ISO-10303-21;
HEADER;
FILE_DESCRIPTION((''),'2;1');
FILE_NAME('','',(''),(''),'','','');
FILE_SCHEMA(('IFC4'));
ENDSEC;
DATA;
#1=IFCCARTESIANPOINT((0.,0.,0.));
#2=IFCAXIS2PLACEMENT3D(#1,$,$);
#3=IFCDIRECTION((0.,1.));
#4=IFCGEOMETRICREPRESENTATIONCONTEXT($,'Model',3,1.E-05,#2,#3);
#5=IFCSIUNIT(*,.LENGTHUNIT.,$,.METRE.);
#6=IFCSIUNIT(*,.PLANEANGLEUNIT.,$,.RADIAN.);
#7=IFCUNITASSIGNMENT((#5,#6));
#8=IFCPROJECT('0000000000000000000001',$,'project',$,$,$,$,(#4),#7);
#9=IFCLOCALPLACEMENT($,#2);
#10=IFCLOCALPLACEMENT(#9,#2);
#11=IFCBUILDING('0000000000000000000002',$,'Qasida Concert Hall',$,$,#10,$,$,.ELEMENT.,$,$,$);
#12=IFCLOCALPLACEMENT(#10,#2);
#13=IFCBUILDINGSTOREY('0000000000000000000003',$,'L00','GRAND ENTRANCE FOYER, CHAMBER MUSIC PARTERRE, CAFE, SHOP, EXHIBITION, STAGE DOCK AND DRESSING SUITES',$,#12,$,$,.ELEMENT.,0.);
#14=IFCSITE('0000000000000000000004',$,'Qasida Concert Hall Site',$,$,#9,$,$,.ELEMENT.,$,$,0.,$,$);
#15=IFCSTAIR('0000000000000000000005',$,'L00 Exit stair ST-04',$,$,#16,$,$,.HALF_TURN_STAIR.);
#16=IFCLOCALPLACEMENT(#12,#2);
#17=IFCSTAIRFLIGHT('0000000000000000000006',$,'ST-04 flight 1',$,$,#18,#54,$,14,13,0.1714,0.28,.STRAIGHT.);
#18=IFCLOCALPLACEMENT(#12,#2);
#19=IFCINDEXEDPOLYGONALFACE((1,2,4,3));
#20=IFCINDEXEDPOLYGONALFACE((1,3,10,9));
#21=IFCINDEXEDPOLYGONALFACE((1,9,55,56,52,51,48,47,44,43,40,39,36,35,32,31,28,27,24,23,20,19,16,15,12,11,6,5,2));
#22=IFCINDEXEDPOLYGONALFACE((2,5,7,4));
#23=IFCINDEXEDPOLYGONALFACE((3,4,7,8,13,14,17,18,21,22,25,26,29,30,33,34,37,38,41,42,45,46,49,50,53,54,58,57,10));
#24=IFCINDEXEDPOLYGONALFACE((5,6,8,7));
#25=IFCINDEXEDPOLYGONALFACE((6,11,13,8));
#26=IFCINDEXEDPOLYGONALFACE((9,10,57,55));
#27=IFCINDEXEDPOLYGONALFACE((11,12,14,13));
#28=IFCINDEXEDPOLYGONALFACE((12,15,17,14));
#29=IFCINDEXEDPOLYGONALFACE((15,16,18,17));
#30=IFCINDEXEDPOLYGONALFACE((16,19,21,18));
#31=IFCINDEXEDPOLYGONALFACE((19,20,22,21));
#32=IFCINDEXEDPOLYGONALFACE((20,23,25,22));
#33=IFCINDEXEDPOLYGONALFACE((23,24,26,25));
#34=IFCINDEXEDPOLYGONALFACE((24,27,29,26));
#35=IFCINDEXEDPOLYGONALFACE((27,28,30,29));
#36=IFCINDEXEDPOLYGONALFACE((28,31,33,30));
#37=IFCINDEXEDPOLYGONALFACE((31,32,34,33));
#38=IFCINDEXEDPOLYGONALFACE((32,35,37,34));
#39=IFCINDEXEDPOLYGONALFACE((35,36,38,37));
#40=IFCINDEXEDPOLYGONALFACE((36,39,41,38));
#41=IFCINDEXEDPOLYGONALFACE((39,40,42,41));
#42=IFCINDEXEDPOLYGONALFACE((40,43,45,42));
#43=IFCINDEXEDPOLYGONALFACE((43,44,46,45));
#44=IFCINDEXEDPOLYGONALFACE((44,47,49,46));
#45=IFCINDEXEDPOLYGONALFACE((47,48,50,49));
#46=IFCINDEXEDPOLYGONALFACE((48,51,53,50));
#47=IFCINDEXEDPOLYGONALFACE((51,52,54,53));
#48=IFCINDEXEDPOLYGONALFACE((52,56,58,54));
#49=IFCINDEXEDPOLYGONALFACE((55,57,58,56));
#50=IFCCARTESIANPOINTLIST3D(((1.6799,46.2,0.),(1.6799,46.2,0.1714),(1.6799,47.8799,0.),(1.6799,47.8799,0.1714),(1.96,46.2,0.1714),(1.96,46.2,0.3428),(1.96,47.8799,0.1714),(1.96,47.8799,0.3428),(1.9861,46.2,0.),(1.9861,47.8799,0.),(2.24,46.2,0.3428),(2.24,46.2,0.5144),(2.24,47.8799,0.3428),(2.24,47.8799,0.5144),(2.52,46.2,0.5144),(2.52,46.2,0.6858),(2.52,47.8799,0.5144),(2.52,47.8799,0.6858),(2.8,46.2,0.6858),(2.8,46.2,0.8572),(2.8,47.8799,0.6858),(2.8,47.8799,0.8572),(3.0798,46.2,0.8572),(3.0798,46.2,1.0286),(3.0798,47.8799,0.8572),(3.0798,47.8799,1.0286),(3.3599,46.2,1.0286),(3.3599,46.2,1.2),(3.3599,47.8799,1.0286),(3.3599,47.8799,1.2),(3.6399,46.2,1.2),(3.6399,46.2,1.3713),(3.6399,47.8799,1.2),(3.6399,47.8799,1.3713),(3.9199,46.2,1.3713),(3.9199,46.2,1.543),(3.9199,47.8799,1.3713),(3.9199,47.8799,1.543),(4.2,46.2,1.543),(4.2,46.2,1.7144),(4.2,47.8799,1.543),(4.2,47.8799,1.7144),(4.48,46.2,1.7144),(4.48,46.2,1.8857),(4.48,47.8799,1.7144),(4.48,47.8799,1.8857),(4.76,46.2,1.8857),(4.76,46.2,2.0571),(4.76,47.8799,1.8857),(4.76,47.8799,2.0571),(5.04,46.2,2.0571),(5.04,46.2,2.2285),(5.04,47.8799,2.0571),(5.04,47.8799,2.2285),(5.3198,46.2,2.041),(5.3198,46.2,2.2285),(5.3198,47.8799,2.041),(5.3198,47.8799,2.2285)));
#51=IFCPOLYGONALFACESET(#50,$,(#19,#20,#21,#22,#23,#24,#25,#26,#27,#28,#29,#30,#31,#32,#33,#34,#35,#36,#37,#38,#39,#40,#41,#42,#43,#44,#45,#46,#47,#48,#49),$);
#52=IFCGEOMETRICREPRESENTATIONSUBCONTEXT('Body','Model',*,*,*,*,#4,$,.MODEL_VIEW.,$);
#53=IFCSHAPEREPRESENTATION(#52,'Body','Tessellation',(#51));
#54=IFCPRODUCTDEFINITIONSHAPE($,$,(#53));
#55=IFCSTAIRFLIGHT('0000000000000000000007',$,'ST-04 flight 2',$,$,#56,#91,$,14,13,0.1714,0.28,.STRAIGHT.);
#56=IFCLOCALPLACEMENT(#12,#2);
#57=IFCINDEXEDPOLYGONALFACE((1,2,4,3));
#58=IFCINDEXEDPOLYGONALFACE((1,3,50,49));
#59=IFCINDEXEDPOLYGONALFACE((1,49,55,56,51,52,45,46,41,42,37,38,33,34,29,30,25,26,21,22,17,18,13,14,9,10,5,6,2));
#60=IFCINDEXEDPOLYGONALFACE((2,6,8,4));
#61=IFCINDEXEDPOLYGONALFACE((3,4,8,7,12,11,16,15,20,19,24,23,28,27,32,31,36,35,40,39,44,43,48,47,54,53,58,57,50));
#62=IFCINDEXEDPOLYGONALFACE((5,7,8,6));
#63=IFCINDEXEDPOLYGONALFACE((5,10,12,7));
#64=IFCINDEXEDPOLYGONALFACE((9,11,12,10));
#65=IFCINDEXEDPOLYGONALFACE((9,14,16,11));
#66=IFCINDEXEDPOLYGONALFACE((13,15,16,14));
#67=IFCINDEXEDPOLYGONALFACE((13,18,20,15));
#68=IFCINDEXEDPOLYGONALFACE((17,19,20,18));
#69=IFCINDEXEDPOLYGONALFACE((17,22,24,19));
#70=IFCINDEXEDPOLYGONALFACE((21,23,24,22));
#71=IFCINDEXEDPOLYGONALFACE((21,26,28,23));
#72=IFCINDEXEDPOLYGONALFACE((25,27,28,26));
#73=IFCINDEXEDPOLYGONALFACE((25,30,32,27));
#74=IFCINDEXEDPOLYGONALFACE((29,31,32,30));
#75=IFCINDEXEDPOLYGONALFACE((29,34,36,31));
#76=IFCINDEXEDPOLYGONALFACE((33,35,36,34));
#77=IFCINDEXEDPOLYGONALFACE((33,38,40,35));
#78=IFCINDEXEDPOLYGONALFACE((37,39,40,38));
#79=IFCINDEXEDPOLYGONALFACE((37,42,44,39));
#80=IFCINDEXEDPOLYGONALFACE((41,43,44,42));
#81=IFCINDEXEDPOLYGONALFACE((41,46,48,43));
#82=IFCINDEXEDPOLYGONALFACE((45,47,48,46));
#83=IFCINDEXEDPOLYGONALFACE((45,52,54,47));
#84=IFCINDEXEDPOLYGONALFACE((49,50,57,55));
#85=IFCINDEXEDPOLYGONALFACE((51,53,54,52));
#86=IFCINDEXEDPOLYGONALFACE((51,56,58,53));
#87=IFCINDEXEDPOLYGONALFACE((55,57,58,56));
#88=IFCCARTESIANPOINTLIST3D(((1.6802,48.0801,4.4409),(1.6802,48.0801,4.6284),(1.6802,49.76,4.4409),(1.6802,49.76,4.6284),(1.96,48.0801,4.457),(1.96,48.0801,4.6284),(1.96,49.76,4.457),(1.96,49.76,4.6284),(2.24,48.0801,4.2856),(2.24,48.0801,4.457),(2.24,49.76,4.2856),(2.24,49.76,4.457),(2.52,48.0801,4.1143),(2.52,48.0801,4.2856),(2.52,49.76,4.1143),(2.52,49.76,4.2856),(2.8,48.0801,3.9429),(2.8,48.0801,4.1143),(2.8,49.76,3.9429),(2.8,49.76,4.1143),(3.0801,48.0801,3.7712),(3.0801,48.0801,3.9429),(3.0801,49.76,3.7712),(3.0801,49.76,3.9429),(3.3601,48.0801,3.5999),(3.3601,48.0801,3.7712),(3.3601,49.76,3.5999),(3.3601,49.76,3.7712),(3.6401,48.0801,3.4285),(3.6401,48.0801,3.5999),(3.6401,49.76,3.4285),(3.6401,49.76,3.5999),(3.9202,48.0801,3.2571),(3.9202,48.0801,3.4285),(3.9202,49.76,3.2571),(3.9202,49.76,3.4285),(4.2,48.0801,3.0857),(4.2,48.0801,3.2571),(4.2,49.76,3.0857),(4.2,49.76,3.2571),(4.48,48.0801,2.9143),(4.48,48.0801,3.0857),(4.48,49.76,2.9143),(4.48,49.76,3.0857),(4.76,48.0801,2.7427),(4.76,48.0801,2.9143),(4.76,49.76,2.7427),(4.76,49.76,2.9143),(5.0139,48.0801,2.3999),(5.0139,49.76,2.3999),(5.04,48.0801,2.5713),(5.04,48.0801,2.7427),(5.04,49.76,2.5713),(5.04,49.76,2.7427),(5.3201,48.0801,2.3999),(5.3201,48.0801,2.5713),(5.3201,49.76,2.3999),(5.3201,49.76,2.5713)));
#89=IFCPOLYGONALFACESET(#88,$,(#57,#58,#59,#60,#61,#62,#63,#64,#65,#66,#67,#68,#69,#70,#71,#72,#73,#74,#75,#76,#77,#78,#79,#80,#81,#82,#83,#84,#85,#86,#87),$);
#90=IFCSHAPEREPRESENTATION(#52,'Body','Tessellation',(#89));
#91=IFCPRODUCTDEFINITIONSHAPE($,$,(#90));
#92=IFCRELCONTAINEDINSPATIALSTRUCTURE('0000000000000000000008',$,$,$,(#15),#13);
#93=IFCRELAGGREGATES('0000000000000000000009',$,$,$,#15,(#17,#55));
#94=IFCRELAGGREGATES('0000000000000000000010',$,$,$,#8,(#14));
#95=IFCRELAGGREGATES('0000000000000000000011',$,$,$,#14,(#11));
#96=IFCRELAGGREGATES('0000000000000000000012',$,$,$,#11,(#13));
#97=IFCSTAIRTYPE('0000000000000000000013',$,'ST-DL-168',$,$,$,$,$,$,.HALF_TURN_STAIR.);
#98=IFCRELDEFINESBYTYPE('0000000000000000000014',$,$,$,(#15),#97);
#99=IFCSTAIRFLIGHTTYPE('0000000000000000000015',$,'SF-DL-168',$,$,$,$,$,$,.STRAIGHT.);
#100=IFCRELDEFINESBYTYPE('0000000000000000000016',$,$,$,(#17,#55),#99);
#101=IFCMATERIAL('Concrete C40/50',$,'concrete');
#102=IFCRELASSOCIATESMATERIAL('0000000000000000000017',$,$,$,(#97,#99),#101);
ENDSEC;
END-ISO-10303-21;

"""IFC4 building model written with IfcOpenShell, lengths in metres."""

from ifc_helpers import new_model, si_unit, direction, frame, origin, place, context, subcontext, project, spatial, polyline, outline, extrude, material, type_object, element, aggregate, save


model = new_model("IFC4")

# Units and contexts
model_context = context("Model", 3, precision=1e-05, world=origin(), true_north=direction((0.0, 1.0)))
body_context = subcontext(model_context, "Body", "Model", "MODEL_VIEW")
ifc_project = project(units=[si_unit("LENGTHUNIT", "METRE"), si_unit("PLANEANGLEUNIT", "RADIAN")], contexts=[model_context])

# Site, building, storey
site_placement = place(None, origin())
site = spatial("IfcSite", under=ifc_project, at=site_placement, Name="Qasida Concert Hall Site", CompositionType="ELEMENT", RefElevation=0.0)
building_placement = place(site_placement, origin())
building = spatial("IfcBuilding", under=site, at=building_placement, Name="Qasida Concert Hall", CompositionType="ELEMENT")
storey_placement = place(building_placement, origin())
storey = spatial("IfcBuildingStorey", under=building, at=storey_placement, Name="L00", Description="GRAND ENTRANCE FOYER, CHAMBER MUSIC PARTERRE, CAFE, SHOP, EXHIBITION, STAGE DOCK AND DRESSING SUITES", CompositionType="ELEMENT", Elevation=0.0)

# Shared definitions
ifc_material_1 = material(Name="Concrete C40/50", Category="concrete")

# Stair, stair flights
stair_type = type_object("IfcStairType", Name="ST-DL-168", PredefinedType="HALF_TURN_STAIR", material=ifc_material_1)
stair_placement = place(storey_placement, origin())
stair = element("IfcStair", 1, at=stair_placement, inside=storey, type_object=stair_type, Name="L00 Exit stair ST-04", PredefinedType="HALF_TURN_STAIR")
stair_flight_type = type_object("IfcStairFlightType", Name="SF-DL-168", PredefinedType="STRAIGHT", material=ifc_material_1)
stair_flight_1_placement = place(storey_placement, frame((1.6799, 47.04, 0.0), z_axis=(0.0, 0.0, 1.0), x_axis=(1.0, 0.0, 0.0)))
stair_flight_1 = element("IfcStairFlight", 2, at=stair_flight_1_placement, type_object=stair_flight_type, Name="ST-04 flight 1", NumberOfRisers=14, NumberOfTreads=13, PredefinedType="STRAIGHT", RiserHeight=0.1714, TreadLength=0.28, context=body_context, shape_type="SweptSolid", body=[
    extrude(outline(polyline([(0.0, 0.0), (0.0, 0.1714), (0.28, 0.1714), (0.28, 0.3428), (0.5601, 0.3428), (0.5601, 0.5144), (0.8401, 0.5144), (0.8401, 0.6858), (1.1201, 0.6858), (1.1201, 0.8572), (1.3999, 0.8572), (1.3999, 1.0286), (1.6799, 1.0286), (1.6799, 1.2), (1.96, 1.2), (1.96, 1.3713), (2.24, 1.3713), (2.24, 1.543), (2.52, 1.543), (2.52, 1.7144), (2.8, 1.7144), (2.8, 1.8857), (3.0801, 1.8857), (3.0801, 2.0571), (3.3601, 2.0571), (3.3601, 2.2285), (3.6399, 2.2285), (3.6399, 2.3999), (3.6399, 2.041), (0.3062, 0.0), (0.0, 0.0)])), frame((0.0, 0.8398, 0.0), z_axis=(0.0, -1.0, 0.0), x_axis=(1.0, 0.0, 0.0)), (0.0, 0.0, 1.0), 1.6799),
])
stair_flight_2_placement = place(storey_placement, frame((5.3201, 48.9199, 2.3999), z_axis=(0.0, 0.0, 1.0), x_axis=(-1.0, 0.0, 0.0)))
stair_flight_2 = element("IfcStairFlight", 3, at=stair_flight_2_placement, type_object=stair_flight_type, Name="ST-04 flight 2", NumberOfRisers=14, NumberOfTreads=13, PredefinedType="STRAIGHT", RiserHeight=0.1714, TreadLength=0.28, context=body_context, shape_type="SweptSolid", body=[
    extrude(outline(polyline([(0.0, 0.0), (0.0, 0.1714), (0.28, 0.1714), (0.28, 0.3428), (0.5601, 0.3428), (0.5601, 0.5144), (0.8401, 0.5144), (0.8401, 0.6858), (1.1201, 0.6858), (1.1201, 0.8572), (1.3999, 0.8572), (1.3999, 1.0286), (1.6799, 1.0286), (1.6799, 1.2), (1.96, 1.2), (1.96, 1.3713), (2.24, 1.3713), (2.24, 1.543), (2.52, 1.543), (2.52, 1.7144), (2.8, 1.7144), (2.8, 1.8857), (3.0801, 1.8857), (3.0801, 2.0571), (3.3601, 2.0571), (3.3601, 2.2285), (3.6399, 2.2285), (3.6399, 2.3999), (3.6399, 2.041), (0.3062, 0.0), (0.0, 0.0)])), frame((0.0, 0.8398, 0.0), z_axis=(0.0, -1.0, 0.0), x_axis=(1.0, 0.0, 0.0)), (0.0, 0.0, 1.0), 1.6799),
])
aggregate(stair, [stair_flight_1, stair_flight_2])

save(model, "model.ifc")
